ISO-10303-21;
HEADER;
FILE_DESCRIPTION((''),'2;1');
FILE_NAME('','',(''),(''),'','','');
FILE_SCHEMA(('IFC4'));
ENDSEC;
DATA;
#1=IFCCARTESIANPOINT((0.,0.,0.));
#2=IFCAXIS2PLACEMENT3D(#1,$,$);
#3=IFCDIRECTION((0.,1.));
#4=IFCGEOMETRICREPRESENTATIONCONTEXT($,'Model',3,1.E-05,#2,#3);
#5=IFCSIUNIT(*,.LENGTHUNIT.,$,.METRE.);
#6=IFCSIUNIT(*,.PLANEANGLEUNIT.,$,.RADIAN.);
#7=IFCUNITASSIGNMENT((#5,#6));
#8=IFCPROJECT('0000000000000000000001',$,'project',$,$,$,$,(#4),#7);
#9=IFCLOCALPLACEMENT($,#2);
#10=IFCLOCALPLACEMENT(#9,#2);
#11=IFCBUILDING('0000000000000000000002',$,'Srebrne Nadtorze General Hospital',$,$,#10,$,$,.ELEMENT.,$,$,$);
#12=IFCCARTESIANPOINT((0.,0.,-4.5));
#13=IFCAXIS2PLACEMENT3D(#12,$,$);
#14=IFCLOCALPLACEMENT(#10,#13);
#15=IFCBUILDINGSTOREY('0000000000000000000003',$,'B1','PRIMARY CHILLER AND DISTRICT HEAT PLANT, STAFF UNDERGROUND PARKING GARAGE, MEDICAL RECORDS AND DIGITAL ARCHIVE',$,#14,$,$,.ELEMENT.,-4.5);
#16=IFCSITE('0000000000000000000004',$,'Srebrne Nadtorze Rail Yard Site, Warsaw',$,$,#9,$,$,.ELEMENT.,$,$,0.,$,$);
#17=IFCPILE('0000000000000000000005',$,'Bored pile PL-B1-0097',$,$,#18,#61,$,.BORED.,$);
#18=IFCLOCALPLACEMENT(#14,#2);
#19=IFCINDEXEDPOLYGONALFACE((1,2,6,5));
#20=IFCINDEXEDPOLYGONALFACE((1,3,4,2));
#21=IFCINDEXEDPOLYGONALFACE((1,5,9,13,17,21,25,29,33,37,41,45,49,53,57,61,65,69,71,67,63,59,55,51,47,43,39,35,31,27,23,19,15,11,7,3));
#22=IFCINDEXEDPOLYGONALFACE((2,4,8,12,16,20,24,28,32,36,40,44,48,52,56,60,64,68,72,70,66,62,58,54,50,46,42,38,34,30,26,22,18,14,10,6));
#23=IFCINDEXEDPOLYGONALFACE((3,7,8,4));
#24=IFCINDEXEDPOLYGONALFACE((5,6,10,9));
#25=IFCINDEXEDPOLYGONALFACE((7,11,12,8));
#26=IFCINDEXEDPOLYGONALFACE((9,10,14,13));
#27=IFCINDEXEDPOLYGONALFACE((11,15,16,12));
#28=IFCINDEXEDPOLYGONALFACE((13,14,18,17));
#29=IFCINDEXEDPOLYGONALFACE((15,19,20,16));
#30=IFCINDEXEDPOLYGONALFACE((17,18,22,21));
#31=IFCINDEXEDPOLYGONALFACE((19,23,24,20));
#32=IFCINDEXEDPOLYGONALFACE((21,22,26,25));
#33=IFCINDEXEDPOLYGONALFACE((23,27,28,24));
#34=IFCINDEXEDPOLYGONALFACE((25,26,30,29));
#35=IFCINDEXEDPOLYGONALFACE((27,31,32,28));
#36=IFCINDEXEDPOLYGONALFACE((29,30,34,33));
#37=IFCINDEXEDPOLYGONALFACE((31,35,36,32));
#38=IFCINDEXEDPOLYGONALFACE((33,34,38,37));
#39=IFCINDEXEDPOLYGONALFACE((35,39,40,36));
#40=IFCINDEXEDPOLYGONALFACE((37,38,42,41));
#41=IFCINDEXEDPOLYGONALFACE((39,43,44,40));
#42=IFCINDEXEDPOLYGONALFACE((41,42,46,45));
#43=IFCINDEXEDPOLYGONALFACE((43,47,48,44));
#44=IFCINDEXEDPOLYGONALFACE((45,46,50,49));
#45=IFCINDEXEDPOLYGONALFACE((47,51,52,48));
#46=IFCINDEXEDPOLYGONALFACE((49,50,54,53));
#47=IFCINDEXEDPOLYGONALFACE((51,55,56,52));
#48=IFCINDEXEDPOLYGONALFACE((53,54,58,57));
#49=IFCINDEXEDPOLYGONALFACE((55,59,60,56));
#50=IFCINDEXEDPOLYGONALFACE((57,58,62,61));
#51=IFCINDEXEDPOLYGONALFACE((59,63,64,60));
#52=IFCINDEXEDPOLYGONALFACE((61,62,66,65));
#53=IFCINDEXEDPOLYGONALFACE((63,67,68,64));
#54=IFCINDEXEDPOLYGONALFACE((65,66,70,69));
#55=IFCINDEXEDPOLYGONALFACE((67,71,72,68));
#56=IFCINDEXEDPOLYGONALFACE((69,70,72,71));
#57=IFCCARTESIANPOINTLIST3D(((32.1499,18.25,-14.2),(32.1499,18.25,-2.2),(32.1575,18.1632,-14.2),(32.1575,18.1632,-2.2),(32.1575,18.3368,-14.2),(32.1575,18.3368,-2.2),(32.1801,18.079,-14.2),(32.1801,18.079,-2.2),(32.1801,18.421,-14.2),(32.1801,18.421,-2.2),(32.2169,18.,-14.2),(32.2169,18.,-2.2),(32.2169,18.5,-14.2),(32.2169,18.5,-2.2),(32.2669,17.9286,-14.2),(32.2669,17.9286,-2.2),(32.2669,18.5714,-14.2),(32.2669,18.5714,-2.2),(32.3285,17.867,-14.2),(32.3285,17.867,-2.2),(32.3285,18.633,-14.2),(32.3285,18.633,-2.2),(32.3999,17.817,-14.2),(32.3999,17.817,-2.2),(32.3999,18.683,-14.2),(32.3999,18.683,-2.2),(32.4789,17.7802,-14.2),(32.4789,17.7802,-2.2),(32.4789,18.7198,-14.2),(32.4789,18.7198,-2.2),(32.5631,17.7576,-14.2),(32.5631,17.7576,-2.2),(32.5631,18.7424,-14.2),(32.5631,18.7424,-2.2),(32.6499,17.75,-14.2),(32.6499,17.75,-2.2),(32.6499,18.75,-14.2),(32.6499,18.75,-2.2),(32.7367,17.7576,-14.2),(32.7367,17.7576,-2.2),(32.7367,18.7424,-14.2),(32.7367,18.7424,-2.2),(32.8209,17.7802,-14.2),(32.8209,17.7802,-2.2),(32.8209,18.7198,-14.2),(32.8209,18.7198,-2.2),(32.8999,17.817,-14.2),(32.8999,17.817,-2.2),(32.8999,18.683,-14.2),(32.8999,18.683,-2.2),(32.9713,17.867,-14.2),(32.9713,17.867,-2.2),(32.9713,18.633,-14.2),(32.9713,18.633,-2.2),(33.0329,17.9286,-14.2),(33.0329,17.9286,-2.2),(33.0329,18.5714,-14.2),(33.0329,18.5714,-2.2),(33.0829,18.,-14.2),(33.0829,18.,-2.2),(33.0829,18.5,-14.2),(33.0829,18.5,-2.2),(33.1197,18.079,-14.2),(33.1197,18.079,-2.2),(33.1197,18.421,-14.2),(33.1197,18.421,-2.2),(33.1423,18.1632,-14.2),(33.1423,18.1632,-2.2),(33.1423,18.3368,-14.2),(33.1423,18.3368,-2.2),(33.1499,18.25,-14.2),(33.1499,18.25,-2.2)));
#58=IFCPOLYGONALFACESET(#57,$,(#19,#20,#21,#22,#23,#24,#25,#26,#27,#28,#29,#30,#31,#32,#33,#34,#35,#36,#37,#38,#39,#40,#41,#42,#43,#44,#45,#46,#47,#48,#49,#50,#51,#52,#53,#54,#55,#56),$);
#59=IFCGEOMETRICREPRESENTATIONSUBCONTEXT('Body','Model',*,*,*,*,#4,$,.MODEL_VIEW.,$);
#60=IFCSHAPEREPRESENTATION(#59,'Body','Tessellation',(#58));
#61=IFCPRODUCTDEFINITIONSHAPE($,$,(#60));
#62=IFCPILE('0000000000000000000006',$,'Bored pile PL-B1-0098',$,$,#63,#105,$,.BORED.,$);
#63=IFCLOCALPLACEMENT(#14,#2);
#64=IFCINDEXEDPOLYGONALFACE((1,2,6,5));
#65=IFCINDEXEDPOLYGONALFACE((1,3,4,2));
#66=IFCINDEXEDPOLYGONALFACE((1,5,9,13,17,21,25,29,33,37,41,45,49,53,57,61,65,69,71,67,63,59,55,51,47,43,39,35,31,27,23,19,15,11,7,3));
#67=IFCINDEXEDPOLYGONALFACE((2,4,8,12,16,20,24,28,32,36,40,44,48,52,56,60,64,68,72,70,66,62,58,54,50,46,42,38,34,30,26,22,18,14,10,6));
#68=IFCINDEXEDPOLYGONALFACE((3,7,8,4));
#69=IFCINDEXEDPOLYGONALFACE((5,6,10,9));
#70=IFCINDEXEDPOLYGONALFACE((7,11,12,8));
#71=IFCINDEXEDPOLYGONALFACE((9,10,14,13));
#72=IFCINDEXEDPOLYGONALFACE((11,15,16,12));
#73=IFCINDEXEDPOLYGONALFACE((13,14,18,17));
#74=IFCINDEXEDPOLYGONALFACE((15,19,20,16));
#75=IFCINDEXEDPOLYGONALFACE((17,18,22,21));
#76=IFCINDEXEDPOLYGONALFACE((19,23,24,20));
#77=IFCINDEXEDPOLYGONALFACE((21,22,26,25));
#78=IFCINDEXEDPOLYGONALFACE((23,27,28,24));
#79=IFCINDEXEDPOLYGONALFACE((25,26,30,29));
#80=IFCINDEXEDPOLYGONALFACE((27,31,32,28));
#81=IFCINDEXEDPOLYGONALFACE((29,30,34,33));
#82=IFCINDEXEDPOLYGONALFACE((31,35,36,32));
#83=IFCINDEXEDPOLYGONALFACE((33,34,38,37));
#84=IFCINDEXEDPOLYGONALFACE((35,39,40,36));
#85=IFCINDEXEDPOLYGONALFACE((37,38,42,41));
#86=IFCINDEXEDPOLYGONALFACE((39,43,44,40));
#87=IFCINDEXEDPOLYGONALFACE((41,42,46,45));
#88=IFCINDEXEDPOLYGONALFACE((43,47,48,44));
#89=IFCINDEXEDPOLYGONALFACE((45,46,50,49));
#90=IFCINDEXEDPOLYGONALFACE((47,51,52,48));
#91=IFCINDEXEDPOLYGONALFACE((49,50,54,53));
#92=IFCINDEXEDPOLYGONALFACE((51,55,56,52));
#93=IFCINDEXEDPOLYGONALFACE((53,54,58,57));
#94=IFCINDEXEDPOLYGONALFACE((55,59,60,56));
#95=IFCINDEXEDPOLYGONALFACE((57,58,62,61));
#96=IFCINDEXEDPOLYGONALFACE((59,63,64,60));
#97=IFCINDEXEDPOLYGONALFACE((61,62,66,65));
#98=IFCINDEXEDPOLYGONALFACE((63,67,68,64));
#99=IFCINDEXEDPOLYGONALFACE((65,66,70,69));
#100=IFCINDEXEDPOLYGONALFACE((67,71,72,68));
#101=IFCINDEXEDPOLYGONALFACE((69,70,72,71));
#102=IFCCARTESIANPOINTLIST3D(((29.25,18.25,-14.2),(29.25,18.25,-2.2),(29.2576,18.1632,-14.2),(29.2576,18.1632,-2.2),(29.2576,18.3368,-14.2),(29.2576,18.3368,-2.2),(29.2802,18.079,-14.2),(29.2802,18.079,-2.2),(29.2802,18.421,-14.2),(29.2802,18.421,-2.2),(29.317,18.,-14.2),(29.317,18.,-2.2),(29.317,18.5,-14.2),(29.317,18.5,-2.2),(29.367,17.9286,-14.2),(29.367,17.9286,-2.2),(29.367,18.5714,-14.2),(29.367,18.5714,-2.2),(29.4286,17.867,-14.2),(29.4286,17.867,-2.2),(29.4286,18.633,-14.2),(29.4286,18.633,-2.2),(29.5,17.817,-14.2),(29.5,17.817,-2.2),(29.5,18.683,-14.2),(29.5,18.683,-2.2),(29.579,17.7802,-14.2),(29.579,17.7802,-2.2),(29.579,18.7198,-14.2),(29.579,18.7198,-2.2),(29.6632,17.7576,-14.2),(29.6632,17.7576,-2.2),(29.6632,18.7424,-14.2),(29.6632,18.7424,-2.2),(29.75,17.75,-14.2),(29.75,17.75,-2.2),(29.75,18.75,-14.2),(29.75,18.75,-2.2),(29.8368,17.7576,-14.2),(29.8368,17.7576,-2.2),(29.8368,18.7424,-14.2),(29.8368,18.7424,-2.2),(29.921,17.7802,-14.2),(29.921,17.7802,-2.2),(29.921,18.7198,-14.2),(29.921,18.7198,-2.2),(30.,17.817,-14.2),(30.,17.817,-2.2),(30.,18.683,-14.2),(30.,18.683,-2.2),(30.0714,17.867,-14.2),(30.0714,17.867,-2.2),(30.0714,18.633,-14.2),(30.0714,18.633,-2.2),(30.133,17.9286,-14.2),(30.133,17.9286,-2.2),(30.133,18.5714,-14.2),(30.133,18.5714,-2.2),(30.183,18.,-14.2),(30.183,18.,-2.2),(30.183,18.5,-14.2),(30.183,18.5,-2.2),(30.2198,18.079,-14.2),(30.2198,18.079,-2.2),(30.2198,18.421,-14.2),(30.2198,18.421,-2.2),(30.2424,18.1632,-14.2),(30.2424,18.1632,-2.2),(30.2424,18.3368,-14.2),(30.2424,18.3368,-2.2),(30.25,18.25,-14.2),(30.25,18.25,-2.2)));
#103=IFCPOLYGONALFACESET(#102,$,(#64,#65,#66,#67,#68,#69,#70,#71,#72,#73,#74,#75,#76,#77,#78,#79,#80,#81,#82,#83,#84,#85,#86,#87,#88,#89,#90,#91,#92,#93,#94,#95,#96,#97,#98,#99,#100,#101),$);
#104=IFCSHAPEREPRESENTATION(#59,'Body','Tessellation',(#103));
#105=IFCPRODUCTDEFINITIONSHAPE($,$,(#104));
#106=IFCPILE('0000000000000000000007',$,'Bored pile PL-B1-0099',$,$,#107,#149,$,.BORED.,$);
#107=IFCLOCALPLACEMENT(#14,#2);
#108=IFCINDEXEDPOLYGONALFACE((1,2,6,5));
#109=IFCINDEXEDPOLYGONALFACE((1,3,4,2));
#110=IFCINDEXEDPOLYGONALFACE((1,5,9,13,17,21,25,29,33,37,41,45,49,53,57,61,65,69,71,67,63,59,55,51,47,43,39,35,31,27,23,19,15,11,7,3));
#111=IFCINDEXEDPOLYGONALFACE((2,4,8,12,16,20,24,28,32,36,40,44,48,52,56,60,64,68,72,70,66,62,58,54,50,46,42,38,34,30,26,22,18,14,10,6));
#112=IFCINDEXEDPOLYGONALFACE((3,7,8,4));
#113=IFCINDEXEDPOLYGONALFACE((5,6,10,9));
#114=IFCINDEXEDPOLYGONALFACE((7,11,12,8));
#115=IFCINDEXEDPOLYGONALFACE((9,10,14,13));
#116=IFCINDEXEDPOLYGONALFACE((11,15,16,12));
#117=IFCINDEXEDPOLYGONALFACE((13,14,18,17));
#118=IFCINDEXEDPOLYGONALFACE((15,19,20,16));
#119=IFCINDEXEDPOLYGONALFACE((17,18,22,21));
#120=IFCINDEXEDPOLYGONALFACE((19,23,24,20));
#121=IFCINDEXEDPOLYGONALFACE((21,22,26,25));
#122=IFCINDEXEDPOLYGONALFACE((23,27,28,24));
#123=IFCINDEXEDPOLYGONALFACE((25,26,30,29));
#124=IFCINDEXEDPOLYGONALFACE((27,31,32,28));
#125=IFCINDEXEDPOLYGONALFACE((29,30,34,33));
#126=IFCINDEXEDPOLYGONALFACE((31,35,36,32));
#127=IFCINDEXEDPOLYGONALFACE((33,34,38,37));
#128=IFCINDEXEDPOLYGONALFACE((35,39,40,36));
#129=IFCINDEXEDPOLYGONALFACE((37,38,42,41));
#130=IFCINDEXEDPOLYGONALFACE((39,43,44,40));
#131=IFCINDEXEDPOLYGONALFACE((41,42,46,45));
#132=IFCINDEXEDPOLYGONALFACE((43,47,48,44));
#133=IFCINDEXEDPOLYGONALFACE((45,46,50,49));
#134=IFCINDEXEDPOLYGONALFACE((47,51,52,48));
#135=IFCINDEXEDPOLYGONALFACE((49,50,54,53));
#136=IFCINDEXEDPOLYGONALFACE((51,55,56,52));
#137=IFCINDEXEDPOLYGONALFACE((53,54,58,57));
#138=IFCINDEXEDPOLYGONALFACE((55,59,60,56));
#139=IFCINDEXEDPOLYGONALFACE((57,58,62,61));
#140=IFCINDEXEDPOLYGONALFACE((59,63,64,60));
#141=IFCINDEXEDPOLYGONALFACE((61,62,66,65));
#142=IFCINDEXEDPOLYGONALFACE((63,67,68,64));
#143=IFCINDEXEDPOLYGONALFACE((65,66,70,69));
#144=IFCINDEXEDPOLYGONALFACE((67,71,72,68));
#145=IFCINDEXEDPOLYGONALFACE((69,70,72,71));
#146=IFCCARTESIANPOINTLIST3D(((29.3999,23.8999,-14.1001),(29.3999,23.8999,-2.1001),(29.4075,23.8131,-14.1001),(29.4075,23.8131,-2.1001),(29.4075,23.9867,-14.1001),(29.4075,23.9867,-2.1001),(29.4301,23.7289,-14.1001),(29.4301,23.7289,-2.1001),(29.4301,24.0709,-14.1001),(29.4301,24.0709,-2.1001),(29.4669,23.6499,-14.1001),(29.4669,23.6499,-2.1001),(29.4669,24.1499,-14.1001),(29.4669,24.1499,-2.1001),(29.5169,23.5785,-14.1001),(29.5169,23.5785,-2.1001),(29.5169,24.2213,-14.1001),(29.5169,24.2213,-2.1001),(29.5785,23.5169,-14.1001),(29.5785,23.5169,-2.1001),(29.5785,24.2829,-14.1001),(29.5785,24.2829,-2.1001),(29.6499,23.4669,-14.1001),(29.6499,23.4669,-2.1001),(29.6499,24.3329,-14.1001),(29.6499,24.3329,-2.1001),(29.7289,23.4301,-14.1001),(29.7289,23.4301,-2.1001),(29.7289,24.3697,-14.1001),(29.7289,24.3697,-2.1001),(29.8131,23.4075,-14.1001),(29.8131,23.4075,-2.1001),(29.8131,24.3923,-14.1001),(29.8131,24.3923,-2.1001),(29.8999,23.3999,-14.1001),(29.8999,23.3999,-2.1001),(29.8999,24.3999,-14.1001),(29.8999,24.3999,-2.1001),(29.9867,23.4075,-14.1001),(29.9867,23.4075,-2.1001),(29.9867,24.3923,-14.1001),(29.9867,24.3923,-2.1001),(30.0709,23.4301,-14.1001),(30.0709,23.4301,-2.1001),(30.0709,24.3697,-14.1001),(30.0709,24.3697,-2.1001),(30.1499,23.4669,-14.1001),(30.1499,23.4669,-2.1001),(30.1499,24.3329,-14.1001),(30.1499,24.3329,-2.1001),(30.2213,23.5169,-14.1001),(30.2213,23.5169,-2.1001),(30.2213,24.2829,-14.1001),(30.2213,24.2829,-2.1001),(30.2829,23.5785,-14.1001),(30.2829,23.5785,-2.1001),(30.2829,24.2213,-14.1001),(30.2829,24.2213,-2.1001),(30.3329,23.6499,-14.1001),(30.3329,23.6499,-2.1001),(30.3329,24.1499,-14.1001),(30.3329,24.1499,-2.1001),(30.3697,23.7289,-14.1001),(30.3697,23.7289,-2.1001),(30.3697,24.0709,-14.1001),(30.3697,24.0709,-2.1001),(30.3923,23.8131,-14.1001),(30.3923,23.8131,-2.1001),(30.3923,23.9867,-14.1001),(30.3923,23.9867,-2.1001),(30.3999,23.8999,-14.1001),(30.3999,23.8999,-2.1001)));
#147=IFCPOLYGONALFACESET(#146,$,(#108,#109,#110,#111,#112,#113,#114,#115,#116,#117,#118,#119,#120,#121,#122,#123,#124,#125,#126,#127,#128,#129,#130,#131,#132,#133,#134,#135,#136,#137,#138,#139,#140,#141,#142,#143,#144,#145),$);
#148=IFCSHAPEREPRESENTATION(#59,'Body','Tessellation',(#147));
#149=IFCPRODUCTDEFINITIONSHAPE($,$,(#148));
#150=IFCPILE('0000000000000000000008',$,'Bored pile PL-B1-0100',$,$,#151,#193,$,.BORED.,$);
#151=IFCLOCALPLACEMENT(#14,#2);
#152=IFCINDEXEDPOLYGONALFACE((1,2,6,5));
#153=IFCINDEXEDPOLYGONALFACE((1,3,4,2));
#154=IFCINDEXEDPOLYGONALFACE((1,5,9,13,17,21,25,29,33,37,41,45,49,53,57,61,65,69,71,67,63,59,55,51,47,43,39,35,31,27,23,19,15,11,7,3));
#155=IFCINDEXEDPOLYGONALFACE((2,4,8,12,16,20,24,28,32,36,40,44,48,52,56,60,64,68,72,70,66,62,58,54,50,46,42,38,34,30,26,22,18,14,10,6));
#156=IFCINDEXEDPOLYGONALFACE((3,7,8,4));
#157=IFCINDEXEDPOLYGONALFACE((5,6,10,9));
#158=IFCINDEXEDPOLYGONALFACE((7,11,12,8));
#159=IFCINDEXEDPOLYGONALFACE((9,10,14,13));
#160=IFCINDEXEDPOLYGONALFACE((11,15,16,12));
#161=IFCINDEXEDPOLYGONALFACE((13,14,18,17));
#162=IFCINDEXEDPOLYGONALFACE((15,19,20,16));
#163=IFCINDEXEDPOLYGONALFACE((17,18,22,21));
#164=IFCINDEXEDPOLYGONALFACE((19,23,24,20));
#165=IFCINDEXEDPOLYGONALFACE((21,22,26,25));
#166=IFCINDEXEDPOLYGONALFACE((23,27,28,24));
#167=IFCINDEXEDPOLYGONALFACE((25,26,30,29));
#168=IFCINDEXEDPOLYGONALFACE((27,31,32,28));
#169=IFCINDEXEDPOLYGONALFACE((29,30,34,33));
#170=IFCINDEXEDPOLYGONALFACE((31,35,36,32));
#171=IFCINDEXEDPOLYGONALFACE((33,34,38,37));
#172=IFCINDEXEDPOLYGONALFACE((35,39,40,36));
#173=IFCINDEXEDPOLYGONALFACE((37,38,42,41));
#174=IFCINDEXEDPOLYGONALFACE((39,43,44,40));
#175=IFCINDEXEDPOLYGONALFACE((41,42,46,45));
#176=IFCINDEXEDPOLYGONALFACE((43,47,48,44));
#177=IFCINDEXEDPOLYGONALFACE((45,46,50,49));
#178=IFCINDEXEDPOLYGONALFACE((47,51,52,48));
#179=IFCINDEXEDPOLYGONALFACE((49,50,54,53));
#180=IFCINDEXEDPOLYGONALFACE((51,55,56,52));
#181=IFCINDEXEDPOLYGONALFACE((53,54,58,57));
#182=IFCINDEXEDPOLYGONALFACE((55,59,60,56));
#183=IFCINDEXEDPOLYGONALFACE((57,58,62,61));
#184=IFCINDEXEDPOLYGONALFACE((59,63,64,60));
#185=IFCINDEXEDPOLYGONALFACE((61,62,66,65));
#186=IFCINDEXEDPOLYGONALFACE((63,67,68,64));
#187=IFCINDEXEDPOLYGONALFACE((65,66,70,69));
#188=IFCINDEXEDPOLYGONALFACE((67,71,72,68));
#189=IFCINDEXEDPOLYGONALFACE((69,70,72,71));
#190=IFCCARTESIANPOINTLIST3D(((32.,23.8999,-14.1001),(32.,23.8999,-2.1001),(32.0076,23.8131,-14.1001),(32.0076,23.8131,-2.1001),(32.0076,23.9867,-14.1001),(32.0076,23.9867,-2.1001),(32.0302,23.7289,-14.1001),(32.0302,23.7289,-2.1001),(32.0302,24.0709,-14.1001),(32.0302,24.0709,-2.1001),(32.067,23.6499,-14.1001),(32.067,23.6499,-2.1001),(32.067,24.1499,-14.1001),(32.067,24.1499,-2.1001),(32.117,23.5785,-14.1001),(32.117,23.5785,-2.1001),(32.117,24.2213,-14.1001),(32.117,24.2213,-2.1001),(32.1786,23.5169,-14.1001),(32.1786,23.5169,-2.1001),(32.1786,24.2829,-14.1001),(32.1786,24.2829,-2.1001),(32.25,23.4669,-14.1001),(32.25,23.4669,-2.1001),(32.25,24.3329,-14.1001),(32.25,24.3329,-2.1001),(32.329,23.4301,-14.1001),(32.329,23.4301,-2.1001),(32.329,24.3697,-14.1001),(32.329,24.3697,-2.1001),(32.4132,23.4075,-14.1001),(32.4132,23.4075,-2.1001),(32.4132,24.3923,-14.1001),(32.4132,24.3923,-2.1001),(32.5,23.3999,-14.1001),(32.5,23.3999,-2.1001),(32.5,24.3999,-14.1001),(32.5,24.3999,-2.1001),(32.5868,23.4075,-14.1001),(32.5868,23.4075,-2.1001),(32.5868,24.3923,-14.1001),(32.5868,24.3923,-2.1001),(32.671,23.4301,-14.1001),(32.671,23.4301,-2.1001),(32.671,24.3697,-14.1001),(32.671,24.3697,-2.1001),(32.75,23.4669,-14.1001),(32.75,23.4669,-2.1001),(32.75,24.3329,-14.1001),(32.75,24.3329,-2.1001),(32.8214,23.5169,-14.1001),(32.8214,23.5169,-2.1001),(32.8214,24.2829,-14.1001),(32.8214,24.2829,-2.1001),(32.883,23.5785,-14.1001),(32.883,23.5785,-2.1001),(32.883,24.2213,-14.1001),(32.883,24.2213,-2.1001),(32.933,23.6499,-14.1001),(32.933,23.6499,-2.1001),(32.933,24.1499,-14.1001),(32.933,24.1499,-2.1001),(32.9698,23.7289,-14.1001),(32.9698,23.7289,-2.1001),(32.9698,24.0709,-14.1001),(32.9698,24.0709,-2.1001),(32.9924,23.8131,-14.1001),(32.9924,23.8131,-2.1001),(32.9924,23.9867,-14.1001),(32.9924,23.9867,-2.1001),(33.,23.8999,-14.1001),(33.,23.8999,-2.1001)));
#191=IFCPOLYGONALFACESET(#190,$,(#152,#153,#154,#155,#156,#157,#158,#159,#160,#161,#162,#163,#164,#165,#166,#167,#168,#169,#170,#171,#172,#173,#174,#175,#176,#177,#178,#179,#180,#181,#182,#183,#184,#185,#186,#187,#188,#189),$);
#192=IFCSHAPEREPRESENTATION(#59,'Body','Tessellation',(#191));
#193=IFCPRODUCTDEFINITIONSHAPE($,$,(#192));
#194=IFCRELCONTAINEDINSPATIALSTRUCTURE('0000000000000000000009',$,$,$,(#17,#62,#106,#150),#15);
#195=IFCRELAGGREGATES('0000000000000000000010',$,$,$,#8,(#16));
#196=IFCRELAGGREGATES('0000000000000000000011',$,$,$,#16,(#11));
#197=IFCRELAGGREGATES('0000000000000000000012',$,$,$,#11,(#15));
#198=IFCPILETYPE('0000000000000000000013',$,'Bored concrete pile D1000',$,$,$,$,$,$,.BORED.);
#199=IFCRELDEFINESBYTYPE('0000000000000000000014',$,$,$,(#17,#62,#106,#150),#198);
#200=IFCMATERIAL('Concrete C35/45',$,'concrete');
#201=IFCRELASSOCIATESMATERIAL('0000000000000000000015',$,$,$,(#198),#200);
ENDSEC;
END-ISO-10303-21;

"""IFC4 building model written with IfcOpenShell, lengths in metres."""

from ifc_helpers import new_model, si_unit, direction, frame, origin, origin_2d, place, context, subcontext, project, spatial, circle, extrude, material, material_profile, profile_set, type_object, element, save


model = new_model("IFC4")

# Units and contexts
model_context = context("Model", 3, precision=1e-05, world=origin(), true_north=direction((0.0, 1.0)))
body_context = subcontext(model_context, "Body", "Model", "MODEL_VIEW")
ifc_project = project(units=[si_unit("LENGTHUNIT", "METRE"), si_unit("PLANEANGLEUNIT", "RADIAN")], contexts=[model_context])

# Site, building, storey
site_placement = place(None, origin())
site = spatial("IfcSite", under=ifc_project, at=site_placement, Name="Srebrne Nadtorze Rail Yard Site, Warsaw", CompositionType="ELEMENT", RefElevation=0.0)
building_placement = place(site_placement, origin())
building = spatial("IfcBuilding", under=site, at=building_placement, Name="Srebrne Nadtorze General Hospital", CompositionType="ELEMENT")
storey_placement = place(building_placement, frame((0.0, 0.0, -4.5)))
storey = spatial("IfcBuildingStorey", under=building, at=storey_placement, Name="B1", Description="PRIMARY CHILLER AND DISTRICT HEAT PLANT, STAFF UNDERGROUND PARKING GARAGE, MEDICAL RECORDS AND DIGITAL ARCHIVE", CompositionType="ELEMENT", Elevation=-4.5)

# Piles
ifc_material_1 = material(Name="Concrete C35/45", Category="concrete")
ifc_material_profile_1 = material_profile(ifc_material_1, circle(Radius=0.5, at=origin_2d()), Name="PILE-D1000")
ifc_profile_set_1 = profile_set([ifc_material_profile_1], Name="Concrete C35/45")
pile_type_1 = type_object("IfcPileType", Name="Bored concrete pile D1000", PredefinedType="BORED", material=ifc_profile_set_1)
for number, where, z_axis, x_axis, name in (
    (1, (32.6499, 18.25, -2.2), (0.0, 0.0, -1.0), (1.0, 0.0, 0.0), "Bored pile PL-B1-0097"),
    (2, (29.75, 18.25, -2.2), (0.0, 0.0, -1.0), (1.0, 0.0, 0.0), "Bored pile PL-B1-0098"),
    (3, (29.8999, 23.8999, -2.1001), (0.0, 0.0, -1.0), (1.0, 0.0, 0.0), "Bored pile PL-B1-0099"),
    (4, (32.5, 23.8999, -2.1001), (0.0, 0.0, -1.0), (1.0, 0.0, 0.0), "Bored pile PL-B1-0100"),
):
    element("IfcPile", number, at=place(storey_placement, frame(where, z_axis=z_axis, x_axis=x_axis)), inside=storey, type_object=pile_type_1, Name=name, PredefinedType="BORED", context=body_context, shape_type="SweptSolid", body=[
        extrude(circle(Radius=0.5, at=origin_2d()), origin(), (0.0, 0.0, 1.0), 12.0),
    ])

save(model, "model.ifc")
